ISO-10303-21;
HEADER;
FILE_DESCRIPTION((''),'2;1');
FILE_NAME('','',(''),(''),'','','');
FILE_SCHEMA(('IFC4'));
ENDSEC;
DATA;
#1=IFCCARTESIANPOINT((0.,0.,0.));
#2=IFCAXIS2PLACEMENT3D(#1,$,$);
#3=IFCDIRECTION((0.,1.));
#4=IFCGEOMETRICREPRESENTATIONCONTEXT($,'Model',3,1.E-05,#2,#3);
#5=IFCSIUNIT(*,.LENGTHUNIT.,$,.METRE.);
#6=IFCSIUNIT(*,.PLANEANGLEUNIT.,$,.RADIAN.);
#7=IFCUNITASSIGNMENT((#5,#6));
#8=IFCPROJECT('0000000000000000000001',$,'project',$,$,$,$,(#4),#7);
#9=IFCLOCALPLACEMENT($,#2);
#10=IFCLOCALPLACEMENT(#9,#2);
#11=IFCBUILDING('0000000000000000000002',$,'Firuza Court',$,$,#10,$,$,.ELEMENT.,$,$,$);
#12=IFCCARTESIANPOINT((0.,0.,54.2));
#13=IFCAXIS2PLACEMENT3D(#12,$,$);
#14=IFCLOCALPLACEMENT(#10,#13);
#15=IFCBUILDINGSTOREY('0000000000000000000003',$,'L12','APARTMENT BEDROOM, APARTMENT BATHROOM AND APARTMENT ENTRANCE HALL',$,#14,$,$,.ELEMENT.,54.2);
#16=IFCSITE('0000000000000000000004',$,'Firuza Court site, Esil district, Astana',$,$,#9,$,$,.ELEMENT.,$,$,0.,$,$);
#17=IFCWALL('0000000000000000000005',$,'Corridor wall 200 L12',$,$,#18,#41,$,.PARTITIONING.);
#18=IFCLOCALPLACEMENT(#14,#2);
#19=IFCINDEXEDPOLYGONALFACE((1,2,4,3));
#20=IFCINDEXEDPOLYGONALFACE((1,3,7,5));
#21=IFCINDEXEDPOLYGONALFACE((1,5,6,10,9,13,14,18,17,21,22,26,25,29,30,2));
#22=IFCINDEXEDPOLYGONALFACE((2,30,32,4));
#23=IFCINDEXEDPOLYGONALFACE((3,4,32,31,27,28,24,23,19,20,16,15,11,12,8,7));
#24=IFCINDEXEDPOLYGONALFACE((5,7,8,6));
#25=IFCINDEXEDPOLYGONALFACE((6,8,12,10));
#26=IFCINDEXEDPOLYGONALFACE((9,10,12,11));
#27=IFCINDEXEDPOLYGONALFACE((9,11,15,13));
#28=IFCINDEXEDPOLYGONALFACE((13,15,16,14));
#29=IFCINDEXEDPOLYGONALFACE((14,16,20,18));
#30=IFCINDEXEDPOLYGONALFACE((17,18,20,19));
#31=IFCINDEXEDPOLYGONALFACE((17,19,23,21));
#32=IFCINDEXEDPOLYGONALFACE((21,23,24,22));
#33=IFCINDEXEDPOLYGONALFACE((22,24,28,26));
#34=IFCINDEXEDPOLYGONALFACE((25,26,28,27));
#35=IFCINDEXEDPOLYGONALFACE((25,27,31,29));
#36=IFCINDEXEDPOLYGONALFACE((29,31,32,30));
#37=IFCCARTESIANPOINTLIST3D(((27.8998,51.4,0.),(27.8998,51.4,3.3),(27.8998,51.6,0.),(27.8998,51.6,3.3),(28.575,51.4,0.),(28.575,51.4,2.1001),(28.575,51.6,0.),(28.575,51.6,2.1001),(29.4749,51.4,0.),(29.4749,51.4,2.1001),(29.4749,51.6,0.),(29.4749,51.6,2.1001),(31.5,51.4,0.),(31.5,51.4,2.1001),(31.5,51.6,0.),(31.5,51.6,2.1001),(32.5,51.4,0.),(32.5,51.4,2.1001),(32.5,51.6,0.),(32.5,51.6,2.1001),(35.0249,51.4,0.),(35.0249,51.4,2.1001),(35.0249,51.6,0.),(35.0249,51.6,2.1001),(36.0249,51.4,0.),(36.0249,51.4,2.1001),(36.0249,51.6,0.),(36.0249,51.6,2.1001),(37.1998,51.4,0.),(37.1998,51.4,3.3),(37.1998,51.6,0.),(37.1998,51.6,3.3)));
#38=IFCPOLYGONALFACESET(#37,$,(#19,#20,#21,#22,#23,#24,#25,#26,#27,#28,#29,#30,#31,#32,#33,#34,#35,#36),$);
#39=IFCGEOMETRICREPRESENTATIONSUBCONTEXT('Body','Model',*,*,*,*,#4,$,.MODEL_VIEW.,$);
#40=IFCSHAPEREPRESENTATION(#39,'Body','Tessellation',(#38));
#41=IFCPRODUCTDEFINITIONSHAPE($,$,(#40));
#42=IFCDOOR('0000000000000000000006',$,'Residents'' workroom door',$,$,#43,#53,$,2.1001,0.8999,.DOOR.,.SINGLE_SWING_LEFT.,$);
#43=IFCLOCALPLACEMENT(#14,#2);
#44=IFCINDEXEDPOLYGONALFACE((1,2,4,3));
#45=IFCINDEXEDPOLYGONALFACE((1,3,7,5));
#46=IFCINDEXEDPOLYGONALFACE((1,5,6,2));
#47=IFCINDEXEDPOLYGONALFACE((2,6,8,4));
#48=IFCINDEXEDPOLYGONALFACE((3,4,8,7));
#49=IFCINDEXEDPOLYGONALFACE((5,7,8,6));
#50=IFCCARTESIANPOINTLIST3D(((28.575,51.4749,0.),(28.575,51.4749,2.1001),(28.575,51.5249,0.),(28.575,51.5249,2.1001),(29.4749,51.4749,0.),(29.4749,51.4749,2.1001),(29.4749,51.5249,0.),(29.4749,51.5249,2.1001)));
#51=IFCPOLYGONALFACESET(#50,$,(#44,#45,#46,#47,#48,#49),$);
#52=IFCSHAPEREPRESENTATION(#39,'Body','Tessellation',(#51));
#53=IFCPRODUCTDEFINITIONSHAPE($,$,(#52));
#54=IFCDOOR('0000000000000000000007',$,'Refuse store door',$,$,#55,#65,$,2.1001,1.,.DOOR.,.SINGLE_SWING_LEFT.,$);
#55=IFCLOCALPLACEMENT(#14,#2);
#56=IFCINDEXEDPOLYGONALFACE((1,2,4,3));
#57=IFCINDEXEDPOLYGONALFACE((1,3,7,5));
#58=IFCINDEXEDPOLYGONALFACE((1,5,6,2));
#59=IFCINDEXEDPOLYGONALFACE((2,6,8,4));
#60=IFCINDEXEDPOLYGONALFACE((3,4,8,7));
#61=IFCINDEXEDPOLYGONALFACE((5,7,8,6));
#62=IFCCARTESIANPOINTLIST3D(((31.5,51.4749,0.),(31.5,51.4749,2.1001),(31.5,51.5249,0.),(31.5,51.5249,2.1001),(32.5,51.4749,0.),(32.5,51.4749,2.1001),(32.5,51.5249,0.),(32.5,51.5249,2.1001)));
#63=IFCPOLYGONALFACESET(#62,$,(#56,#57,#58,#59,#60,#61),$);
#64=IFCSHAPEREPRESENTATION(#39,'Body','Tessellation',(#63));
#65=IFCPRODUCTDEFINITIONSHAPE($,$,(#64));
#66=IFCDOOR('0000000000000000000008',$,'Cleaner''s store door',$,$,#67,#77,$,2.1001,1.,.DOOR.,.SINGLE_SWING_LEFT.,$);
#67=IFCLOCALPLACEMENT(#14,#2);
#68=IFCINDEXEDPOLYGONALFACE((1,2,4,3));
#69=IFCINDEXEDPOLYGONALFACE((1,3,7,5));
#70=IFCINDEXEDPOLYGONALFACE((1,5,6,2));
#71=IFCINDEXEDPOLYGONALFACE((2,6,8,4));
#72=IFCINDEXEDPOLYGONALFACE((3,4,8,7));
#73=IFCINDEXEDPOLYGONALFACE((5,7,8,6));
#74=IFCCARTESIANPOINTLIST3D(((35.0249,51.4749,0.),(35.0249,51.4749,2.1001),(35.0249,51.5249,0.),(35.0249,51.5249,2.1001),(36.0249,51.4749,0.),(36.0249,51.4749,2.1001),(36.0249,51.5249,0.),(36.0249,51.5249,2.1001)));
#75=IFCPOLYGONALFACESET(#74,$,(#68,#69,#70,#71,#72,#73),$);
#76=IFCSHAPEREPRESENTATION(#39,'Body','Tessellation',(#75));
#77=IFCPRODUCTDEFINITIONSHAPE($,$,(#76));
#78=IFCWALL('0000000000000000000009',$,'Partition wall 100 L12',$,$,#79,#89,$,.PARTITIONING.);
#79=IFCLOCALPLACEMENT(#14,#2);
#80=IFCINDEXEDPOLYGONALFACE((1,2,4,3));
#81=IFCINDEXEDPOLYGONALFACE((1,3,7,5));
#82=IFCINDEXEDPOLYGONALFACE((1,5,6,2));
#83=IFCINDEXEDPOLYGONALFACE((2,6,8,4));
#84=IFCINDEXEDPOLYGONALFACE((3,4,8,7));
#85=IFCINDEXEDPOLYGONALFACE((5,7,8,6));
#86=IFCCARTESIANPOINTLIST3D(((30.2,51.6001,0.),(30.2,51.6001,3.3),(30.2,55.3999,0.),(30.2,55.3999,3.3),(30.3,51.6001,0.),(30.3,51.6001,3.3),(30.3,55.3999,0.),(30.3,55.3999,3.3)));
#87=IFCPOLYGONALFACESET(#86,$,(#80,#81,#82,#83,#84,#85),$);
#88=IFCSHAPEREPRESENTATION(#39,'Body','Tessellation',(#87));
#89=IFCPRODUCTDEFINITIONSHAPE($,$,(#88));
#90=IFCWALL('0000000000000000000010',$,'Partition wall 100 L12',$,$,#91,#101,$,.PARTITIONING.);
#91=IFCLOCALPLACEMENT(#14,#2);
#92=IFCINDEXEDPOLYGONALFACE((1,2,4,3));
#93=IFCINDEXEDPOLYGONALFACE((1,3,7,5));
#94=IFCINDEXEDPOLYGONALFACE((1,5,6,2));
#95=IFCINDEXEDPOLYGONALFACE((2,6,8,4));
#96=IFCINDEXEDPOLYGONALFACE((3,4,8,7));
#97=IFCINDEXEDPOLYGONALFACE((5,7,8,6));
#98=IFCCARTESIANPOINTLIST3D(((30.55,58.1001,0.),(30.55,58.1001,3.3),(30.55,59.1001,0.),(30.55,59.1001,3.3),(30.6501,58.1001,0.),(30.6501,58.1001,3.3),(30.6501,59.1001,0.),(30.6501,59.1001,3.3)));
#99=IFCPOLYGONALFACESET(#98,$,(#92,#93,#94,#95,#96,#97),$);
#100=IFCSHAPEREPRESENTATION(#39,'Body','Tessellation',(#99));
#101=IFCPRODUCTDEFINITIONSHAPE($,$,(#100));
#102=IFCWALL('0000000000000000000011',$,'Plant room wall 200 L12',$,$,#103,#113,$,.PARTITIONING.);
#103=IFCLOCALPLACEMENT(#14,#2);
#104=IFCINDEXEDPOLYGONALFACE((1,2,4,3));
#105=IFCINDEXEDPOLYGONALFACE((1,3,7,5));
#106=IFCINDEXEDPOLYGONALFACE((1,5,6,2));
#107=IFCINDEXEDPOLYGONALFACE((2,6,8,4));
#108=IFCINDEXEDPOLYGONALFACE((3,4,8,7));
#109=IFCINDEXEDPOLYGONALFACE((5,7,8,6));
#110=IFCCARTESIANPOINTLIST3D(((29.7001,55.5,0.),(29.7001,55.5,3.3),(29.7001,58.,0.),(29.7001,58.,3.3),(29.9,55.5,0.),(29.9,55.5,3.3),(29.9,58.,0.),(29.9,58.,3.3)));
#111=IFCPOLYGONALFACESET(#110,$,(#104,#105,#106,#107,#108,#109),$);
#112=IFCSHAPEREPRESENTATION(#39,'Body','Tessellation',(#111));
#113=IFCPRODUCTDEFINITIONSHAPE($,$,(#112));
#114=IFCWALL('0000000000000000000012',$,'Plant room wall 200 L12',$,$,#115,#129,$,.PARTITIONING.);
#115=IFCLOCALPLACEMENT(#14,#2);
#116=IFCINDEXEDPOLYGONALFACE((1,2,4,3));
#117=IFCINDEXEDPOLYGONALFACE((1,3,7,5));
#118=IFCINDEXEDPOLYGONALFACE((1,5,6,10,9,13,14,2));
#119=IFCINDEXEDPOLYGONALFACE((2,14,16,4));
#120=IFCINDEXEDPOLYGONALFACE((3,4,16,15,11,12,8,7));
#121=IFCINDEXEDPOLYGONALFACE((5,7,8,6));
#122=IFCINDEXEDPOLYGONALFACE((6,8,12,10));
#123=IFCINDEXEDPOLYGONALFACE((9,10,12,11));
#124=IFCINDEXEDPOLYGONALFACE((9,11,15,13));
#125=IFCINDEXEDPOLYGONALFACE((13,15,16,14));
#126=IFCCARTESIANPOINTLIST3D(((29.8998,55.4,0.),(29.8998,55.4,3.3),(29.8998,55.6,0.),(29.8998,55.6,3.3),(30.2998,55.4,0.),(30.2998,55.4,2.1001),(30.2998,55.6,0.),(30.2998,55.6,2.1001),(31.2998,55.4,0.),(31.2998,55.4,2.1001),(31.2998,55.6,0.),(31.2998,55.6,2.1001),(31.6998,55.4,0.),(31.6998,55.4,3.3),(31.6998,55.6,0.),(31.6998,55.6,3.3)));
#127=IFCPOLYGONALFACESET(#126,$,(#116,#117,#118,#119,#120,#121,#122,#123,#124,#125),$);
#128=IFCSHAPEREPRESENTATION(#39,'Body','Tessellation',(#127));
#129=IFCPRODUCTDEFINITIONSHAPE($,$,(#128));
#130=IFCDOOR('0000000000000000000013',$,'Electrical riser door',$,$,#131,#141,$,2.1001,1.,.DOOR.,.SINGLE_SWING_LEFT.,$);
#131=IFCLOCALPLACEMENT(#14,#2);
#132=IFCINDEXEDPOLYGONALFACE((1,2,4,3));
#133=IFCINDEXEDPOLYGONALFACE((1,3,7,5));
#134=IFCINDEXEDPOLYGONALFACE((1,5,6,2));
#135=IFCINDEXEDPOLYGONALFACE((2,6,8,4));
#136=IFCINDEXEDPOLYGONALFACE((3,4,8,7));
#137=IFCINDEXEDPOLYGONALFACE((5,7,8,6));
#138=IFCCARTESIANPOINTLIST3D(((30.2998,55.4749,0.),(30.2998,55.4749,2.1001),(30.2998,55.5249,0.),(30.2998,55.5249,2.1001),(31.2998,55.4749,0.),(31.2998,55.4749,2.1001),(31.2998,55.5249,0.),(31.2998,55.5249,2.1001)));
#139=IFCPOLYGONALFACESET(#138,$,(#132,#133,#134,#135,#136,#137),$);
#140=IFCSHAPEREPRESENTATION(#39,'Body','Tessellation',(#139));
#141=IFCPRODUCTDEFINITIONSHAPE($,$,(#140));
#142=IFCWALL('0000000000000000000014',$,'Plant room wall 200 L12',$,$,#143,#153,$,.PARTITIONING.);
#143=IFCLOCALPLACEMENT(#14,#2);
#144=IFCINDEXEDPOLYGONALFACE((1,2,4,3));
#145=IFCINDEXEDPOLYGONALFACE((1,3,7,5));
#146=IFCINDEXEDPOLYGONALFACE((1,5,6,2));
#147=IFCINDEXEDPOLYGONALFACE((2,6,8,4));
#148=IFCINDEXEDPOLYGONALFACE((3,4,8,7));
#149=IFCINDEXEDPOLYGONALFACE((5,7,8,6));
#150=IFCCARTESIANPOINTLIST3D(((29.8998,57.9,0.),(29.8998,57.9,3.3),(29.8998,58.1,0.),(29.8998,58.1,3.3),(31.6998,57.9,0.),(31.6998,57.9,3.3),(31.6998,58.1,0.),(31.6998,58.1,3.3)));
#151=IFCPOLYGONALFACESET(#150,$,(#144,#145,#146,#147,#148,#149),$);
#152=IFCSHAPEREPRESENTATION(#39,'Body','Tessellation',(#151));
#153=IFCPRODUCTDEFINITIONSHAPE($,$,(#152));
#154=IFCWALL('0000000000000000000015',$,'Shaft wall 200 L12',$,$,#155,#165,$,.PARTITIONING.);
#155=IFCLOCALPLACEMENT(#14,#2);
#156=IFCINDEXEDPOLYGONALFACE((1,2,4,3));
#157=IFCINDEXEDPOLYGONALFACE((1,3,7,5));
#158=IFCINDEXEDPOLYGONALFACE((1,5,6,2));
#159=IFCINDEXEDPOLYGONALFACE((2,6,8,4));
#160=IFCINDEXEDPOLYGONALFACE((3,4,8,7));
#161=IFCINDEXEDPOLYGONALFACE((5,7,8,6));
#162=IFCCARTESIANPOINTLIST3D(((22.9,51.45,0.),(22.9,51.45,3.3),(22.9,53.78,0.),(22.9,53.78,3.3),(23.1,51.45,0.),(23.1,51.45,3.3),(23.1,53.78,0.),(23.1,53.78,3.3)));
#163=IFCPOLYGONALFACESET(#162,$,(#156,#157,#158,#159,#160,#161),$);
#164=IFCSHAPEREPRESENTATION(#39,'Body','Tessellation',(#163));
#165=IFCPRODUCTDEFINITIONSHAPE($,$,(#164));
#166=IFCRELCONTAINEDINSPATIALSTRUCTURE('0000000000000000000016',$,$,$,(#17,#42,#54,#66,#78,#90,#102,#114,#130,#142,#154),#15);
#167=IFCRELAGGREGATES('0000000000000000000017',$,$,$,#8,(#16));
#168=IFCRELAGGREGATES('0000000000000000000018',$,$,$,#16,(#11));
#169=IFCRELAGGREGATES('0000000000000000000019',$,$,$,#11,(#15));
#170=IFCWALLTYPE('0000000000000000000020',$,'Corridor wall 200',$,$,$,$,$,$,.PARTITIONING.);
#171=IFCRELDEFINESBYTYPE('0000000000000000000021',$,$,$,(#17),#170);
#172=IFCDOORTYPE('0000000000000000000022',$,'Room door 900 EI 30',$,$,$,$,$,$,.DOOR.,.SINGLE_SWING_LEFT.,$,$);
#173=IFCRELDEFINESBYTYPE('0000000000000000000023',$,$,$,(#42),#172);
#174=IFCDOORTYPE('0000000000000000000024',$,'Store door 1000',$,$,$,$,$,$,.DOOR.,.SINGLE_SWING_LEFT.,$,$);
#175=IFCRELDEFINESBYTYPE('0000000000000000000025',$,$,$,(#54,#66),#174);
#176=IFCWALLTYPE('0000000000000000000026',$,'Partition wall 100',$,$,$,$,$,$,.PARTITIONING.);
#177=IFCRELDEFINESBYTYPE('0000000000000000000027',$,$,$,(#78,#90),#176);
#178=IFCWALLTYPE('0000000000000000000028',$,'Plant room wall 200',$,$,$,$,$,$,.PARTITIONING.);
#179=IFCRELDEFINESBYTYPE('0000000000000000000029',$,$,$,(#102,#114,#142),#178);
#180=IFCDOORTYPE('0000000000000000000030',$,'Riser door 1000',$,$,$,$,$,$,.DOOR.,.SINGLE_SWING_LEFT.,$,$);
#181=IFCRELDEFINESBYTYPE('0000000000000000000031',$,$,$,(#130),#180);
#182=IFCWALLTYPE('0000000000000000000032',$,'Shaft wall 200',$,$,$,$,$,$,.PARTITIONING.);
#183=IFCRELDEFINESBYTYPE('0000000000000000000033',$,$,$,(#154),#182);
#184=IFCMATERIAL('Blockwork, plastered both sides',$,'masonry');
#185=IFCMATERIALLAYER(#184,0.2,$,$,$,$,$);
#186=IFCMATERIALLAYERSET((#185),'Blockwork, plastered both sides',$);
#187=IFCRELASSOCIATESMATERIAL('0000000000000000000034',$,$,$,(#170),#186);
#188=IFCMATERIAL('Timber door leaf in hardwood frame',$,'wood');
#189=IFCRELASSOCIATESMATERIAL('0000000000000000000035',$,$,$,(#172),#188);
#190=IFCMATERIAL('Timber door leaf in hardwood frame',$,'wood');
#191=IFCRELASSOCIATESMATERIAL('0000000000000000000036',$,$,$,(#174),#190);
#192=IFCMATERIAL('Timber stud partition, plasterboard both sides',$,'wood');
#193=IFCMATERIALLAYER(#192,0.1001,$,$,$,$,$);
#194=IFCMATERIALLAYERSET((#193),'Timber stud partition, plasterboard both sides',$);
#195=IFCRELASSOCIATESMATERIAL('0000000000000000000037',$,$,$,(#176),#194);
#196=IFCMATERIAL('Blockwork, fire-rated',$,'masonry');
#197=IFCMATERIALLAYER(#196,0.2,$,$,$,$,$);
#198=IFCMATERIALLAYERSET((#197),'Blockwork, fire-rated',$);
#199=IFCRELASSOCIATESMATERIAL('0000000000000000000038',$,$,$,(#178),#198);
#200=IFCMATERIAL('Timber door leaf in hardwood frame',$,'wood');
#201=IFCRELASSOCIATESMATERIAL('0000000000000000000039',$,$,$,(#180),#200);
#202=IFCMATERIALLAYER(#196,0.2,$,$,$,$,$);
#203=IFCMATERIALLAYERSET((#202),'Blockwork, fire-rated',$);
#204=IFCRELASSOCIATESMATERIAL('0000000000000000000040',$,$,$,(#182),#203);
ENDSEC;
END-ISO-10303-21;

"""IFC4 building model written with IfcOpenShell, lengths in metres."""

from ifc_helpers import new_model, si_unit, direction, frame, frame_2d, origin, place, context, subcontext, project, spatial, rectangle, extrude, material, layer, layer_set, type_object, element, fill, save


model = new_model("IFC4")

# Units and contexts
model_context = context("Model", 3, precision=1e-05, world=origin(), true_north=direction((0.0, 1.0)))
body_context = subcontext(model_context, "Body", "Model", "MODEL_VIEW")
ifc_project = project(units=[si_unit("LENGTHUNIT", "METRE"), si_unit("PLANEANGLEUNIT", "RADIAN")], contexts=[model_context])

# Site, building, storey
site_placement = place(None, origin())
site = spatial("IfcSite", under=ifc_project, at=site_placement, Name="Firuza Court site, Esil district, Astana", CompositionType="ELEMENT", RefElevation=0.0)
building_placement = place(site_placement, origin())
building = spatial("IfcBuilding", under=site, at=building_placement, Name="Firuza Court", CompositionType="ELEMENT")
storey_placement = place(building_placement, frame((0.0, 0.0, 54.2)))
storey = spatial("IfcBuildingStorey", under=building, at=storey_placement, Name="L12", Description="APARTMENT BEDROOM, APARTMENT BATHROOM AND APARTMENT ENTRANCE HALL", CompositionType="ELEMENT", Elevation=54.2)

# Wall, openings, doors
ifc_material_1 = material(Name="Blockwork, plastered both sides", Category="masonry")
ifc_layer_1 = layer(ifc_material_1, 0.2)
ifc_layer_set_1 = layer_set([ifc_layer_1], Name="Blockwork, plastered both sides")
wall_type_1 = type_object("IfcWallType", Name="Corridor wall 200", PredefinedType="PARTITIONING", material=ifc_layer_set_1)
wall_1_placement = place(storey_placement, frame((27.8999, 51.5, 0.0), z_axis=(0.0, 0.0, 1.0), x_axis=(1.0, 0.0, 0.0)))
wall_1 = element("IfcWall", 1, at=wall_1_placement, inside=storey, type_object=wall_type_1, Name="Corridor wall 200 L12", PredefinedType="PARTITIONING", context=body_context, shape_type="SweptSolid", body=[
    extrude(rectangle(XDim=9.3, YDim=0.2, at=frame_2d((4.6499, 0.0))), origin(), (0.0, 0.0, 1.0), 3.3),
])
opening_1_placement = place(wall_1_placement, frame((0.675, 0.0, 0.0)))
opening_1 = element("IfcOpeningElement", 2, at=opening_1_placement, cuts=wall_1, PredefinedType="OPENING", context=body_context, shape_type="SweptSolid", body=[
    extrude(rectangle(XDim=0.8999, YDim=2.1001, at=frame_2d((0.45, 1.05))), frame((0.0, 0.1118, 0.0), z_axis=(0.0, -1.0, 0.0), x_axis=(1.0, 0.0, 0.0)), (0.0, 0.0, 1.0), 0.2239),
])
opening_2_placement = place(wall_1_placement, frame((3.6001, 0.0, 0.0)))
opening_2 = element("IfcOpeningElement", 3, at=opening_2_placement, cuts=wall_1, PredefinedType="OPENING", context=body_context, shape_type="SweptSolid", body=[
    extrude(rectangle(XDim=1.0, YDim=2.1001, at=frame_2d((0.5, 1.05))), frame((0.0, 0.1118, 0.0), z_axis=(0.0, -1.0, 0.0), x_axis=(1.0, 0.0, 0.0)), (0.0, 0.0, 1.0), 0.2239),
])
opening_3_placement = place(wall_1_placement, frame((7.125, 0.0, 0.0)))
opening_3 = element("IfcOpeningElement", 4, at=opening_3_placement, cuts=wall_1, PredefinedType="OPENING", context=body_context, shape_type="SweptSolid", body=[
    extrude(rectangle(XDim=1.0, YDim=2.1001, at=frame_2d((0.5, 1.05))), frame((0.0, 0.1118, 0.0), z_axis=(0.0, -1.0, 0.0), x_axis=(1.0, 0.0, 0.0)), (0.0, 0.0, 1.0), 0.2239),
])
ifc_material_2 = material(Name="Timber door leaf in hardwood frame", Category="wood")
door_type_1 = type_object("IfcDoorType", Name="Room door 900 EI 30", OperationType="SINGLE_SWING_LEFT", PredefinedType="DOOR", material=ifc_material_2)
door_1_placement = place(opening_1_placement, origin())
door_1 = element("IfcDoor", 5, at=door_1_placement, inside=storey, type_object=door_type_1, Name="Residents' workroom door", OperationType="SINGLE_SWING_LEFT", OverallHeight=2.1001, OverallWidth=0.8999, PredefinedType="DOOR", context=body_context, shape_type="SweptSolid", body=[
    extrude(rectangle(XDim=0.8999, YDim=2.1001, at=frame_2d((0.45, 1.05))), frame((0.0, 0.0249, 0.0), z_axis=(0.0, -1.0, 0.0), x_axis=(1.0, 0.0, 0.0)), (0.0, 0.0, 1.0), 0.05),
])
fill(opening_1, door_1)
ifc_material_3 = material(Name="Timber door leaf in hardwood frame", Category="wood")
door_type_2 = type_object("IfcDoorType", Name="Store door 1000", OperationType="SINGLE_SWING_LEFT", PredefinedType="DOOR", material=ifc_material_3)
door_2_placement = place(opening_2_placement, origin())
door_2 = element("IfcDoor", 6, at=door_2_placement, inside=storey, type_object=door_type_2, Name="Refuse store door", OperationType="SINGLE_SWING_LEFT", OverallHeight=2.1001, OverallWidth=1.0, PredefinedType="DOOR", context=body_context, shape_type="SweptSolid", body=[
    extrude(rectangle(XDim=1.0, YDim=2.1001, at=frame_2d((0.5, 1.05))), frame((0.0, 0.0249, 0.0), z_axis=(0.0, -1.0, 0.0), x_axis=(1.0, 0.0, 0.0)), (0.0, 0.0, 1.0), 0.05),
])
fill(opening_2, door_2)
door_3_placement = place(opening_3_placement, origin())
door_3 = element("IfcDoor", 7, at=door_3_placement, inside=storey, type_object=door_type_2, Name="Cleaner's store door", OperationType="SINGLE_SWING_LEFT", OverallHeight=2.1001, OverallWidth=1.0, PredefinedType="DOOR", context=body_context, shape_type="SweptSolid", body=[
    extrude(rectangle(XDim=1.0, YDim=2.1001, at=frame_2d((0.5, 1.05))), frame((0.0, 0.0249, 0.0), z_axis=(0.0, -1.0, 0.0), x_axis=(1.0, 0.0, 0.0)), (0.0, 0.0, 1.0), 0.05),
])
fill(opening_3, door_3)

# Walls
ifc_material_4 = material(Name="Timber stud partition, plasterboard both sides", Category="wood")
ifc_layer_2 = layer(ifc_material_4, 0.1001)
ifc_layer_set_2 = layer_set([ifc_layer_2], Name="Timber stud partition, plasterboard both sides")
wall_type_2 = type_object("IfcWallType", Name="Partition wall 100", PredefinedType="PARTITIONING", material=ifc_layer_set_2)
wall_2_placement = place(storey_placement, frame((30.25, 51.6001, 0.0), z_axis=(0.0, 0.0, 1.0), x_axis=(0.0, 1.0, 0.0)))
element("IfcWall", 8, at=wall_2_placement, inside=storey, type_object=wall_type_2, Name="Partition wall 100 L12", PredefinedType="PARTITIONING", context=body_context, shape_type="SweptSolid", body=[
    extrude(rectangle(XDim=3.7998, YDim=0.1001, at=frame_2d((1.8999, 0.0))), origin(), (0.0, 0.0, 1.0), 3.3),
])
wall_3_placement = place(storey_placement, frame((30.6001, 58.1001, 0.0), z_axis=(0.0, 0.0, 1.0), x_axis=(0.0, 1.0, 0.0)))
element("IfcWall", 9, at=wall_3_placement, inside=storey, type_object=wall_type_2, Name="Partition wall 100 L12", PredefinedType="PARTITIONING", context=body_context, shape_type="SweptSolid", body=[
    extrude(rectangle(XDim=1.0, YDim=0.1001, at=frame_2d((0.5, 0.0))), origin(), (0.0, 0.0, 1.0), 3.3),
])
ifc_material_5 = material(Name="Blockwork, fire-rated", Category="masonry")
ifc_layer_3 = layer(ifc_material_5, 0.2)
ifc_layer_set_3 = layer_set([ifc_layer_3], Name="Blockwork, fire-rated")
wall_type_3 = type_object("IfcWallType", Name="Plant room wall 200", PredefinedType="PARTITIONING", material=ifc_layer_set_3)
wall_4_placement = place(storey_placement, frame((29.8, 55.5, 0.0), z_axis=(0.0, 0.0, 1.0), x_axis=(0.0, 1.0, 0.0)))
element("IfcWall", 10, at=wall_4_placement, inside=storey, type_object=wall_type_3, Name="Plant room wall 200 L12", PredefinedType="PARTITIONING", context=body_context, shape_type="SweptSolid", body=[
    extrude(rectangle(XDim=2.5, YDim=0.2, at=frame_2d((1.25, 0.0))), origin(), (0.0, 0.0, 1.0), 3.3),
])

# Wall, opening, door
wall_5_placement = place(storey_placement, frame((29.8999, 55.5, 0.0), z_axis=(0.0, 0.0, 1.0), x_axis=(1.0, 0.0, 0.0)))
wall_5 = element("IfcWall", 11, at=wall_5_placement, inside=storey, type_object=wall_type_3, Name="Plant room wall 200 L12", PredefinedType="PARTITIONING", context=body_context, shape_type="SweptSolid", body=[
    extrude(rectangle(XDim=1.8, YDim=0.2, at=frame_2d((0.8999, 0.0))), origin(), (0.0, 0.0, 1.0), 3.3),
])
opening_4_placement = place(wall_5_placement, frame((0.3999, 0.0, 0.0)))
opening_4 = element("IfcOpeningElement", 12, at=opening_4_placement, cuts=wall_5, PredefinedType="OPENING", context=body_context, shape_type="SweptSolid", body=[
    extrude(rectangle(XDim=1.0, YDim=2.1001, at=frame_2d((0.5, 1.05))), frame((0.0, 0.1118, 0.0), z_axis=(0.0, -1.0, 0.0), x_axis=(1.0, 0.0, 0.0)), (0.0, 0.0, 1.0), 0.2239),
])
ifc_material_6 = material(Name="Timber door leaf in hardwood frame", Category="wood")
door_type_3 = type_object("IfcDoorType", Name="Riser door 1000", OperationType="SINGLE_SWING_LEFT", PredefinedType="DOOR", material=ifc_material_6)
door_4_placement = place(opening_4_placement, origin())
door_4 = element("IfcDoor", 13, at=door_4_placement, inside=storey, type_object=door_type_3, Name="Electrical riser door", OperationType="SINGLE_SWING_LEFT", OverallHeight=2.1001, OverallWidth=1.0, PredefinedType="DOOR", context=body_context, shape_type="SweptSolid", body=[
    extrude(rectangle(XDim=1.0, YDim=2.1001, at=frame_2d((0.5, 1.05))), frame((0.0, 0.0249, 0.0), z_axis=(0.0, -1.0, 0.0), x_axis=(1.0, 0.0, 0.0)), (0.0, 0.0, 1.0), 0.05),
])
fill(opening_4, door_4)

# Walls
wall_6_placement = place(storey_placement, frame((29.8999, 58.0, 0.0), z_axis=(0.0, 0.0, 1.0), x_axis=(1.0, 0.0, 0.0)))
element("IfcWall", 14, at=wall_6_placement, inside=storey, type_object=wall_type_3, Name="Plant room wall 200 L12", PredefinedType="PARTITIONING", context=body_context, shape_type="SweptSolid", body=[
    extrude(rectangle(XDim=1.8, YDim=0.2, at=frame_2d((0.8999, 0.0))), origin(), (0.0, 0.0, 1.0), 3.3),
])
ifc_layer_4 = layer(ifc_material_5, 0.2)
ifc_layer_set_4 = layer_set([ifc_layer_4], Name="Blockwork, fire-rated")
wall_type_4 = type_object("IfcWallType", Name="Shaft wall 200", PredefinedType="PARTITIONING", material=ifc_layer_set_4)
wall_7_placement = place(storey_placement, frame((23.0, 51.45, 0.0), z_axis=(0.0, 0.0, 1.0), x_axis=(0.0, 1.0, 0.0)))
element("IfcWall", 15, at=wall_7_placement, inside=storey, type_object=wall_type_4, Name="Shaft wall 200 L12", PredefinedType="PARTITIONING", context=body_context, shape_type="SweptSolid", body=[
    extrude(rectangle(XDim=2.3301, YDim=0.2, at=frame_2d((1.165, 0.0))), origin(), (0.0, 0.0, 1.0), 3.3),
])

save(model, "model.ifc")
